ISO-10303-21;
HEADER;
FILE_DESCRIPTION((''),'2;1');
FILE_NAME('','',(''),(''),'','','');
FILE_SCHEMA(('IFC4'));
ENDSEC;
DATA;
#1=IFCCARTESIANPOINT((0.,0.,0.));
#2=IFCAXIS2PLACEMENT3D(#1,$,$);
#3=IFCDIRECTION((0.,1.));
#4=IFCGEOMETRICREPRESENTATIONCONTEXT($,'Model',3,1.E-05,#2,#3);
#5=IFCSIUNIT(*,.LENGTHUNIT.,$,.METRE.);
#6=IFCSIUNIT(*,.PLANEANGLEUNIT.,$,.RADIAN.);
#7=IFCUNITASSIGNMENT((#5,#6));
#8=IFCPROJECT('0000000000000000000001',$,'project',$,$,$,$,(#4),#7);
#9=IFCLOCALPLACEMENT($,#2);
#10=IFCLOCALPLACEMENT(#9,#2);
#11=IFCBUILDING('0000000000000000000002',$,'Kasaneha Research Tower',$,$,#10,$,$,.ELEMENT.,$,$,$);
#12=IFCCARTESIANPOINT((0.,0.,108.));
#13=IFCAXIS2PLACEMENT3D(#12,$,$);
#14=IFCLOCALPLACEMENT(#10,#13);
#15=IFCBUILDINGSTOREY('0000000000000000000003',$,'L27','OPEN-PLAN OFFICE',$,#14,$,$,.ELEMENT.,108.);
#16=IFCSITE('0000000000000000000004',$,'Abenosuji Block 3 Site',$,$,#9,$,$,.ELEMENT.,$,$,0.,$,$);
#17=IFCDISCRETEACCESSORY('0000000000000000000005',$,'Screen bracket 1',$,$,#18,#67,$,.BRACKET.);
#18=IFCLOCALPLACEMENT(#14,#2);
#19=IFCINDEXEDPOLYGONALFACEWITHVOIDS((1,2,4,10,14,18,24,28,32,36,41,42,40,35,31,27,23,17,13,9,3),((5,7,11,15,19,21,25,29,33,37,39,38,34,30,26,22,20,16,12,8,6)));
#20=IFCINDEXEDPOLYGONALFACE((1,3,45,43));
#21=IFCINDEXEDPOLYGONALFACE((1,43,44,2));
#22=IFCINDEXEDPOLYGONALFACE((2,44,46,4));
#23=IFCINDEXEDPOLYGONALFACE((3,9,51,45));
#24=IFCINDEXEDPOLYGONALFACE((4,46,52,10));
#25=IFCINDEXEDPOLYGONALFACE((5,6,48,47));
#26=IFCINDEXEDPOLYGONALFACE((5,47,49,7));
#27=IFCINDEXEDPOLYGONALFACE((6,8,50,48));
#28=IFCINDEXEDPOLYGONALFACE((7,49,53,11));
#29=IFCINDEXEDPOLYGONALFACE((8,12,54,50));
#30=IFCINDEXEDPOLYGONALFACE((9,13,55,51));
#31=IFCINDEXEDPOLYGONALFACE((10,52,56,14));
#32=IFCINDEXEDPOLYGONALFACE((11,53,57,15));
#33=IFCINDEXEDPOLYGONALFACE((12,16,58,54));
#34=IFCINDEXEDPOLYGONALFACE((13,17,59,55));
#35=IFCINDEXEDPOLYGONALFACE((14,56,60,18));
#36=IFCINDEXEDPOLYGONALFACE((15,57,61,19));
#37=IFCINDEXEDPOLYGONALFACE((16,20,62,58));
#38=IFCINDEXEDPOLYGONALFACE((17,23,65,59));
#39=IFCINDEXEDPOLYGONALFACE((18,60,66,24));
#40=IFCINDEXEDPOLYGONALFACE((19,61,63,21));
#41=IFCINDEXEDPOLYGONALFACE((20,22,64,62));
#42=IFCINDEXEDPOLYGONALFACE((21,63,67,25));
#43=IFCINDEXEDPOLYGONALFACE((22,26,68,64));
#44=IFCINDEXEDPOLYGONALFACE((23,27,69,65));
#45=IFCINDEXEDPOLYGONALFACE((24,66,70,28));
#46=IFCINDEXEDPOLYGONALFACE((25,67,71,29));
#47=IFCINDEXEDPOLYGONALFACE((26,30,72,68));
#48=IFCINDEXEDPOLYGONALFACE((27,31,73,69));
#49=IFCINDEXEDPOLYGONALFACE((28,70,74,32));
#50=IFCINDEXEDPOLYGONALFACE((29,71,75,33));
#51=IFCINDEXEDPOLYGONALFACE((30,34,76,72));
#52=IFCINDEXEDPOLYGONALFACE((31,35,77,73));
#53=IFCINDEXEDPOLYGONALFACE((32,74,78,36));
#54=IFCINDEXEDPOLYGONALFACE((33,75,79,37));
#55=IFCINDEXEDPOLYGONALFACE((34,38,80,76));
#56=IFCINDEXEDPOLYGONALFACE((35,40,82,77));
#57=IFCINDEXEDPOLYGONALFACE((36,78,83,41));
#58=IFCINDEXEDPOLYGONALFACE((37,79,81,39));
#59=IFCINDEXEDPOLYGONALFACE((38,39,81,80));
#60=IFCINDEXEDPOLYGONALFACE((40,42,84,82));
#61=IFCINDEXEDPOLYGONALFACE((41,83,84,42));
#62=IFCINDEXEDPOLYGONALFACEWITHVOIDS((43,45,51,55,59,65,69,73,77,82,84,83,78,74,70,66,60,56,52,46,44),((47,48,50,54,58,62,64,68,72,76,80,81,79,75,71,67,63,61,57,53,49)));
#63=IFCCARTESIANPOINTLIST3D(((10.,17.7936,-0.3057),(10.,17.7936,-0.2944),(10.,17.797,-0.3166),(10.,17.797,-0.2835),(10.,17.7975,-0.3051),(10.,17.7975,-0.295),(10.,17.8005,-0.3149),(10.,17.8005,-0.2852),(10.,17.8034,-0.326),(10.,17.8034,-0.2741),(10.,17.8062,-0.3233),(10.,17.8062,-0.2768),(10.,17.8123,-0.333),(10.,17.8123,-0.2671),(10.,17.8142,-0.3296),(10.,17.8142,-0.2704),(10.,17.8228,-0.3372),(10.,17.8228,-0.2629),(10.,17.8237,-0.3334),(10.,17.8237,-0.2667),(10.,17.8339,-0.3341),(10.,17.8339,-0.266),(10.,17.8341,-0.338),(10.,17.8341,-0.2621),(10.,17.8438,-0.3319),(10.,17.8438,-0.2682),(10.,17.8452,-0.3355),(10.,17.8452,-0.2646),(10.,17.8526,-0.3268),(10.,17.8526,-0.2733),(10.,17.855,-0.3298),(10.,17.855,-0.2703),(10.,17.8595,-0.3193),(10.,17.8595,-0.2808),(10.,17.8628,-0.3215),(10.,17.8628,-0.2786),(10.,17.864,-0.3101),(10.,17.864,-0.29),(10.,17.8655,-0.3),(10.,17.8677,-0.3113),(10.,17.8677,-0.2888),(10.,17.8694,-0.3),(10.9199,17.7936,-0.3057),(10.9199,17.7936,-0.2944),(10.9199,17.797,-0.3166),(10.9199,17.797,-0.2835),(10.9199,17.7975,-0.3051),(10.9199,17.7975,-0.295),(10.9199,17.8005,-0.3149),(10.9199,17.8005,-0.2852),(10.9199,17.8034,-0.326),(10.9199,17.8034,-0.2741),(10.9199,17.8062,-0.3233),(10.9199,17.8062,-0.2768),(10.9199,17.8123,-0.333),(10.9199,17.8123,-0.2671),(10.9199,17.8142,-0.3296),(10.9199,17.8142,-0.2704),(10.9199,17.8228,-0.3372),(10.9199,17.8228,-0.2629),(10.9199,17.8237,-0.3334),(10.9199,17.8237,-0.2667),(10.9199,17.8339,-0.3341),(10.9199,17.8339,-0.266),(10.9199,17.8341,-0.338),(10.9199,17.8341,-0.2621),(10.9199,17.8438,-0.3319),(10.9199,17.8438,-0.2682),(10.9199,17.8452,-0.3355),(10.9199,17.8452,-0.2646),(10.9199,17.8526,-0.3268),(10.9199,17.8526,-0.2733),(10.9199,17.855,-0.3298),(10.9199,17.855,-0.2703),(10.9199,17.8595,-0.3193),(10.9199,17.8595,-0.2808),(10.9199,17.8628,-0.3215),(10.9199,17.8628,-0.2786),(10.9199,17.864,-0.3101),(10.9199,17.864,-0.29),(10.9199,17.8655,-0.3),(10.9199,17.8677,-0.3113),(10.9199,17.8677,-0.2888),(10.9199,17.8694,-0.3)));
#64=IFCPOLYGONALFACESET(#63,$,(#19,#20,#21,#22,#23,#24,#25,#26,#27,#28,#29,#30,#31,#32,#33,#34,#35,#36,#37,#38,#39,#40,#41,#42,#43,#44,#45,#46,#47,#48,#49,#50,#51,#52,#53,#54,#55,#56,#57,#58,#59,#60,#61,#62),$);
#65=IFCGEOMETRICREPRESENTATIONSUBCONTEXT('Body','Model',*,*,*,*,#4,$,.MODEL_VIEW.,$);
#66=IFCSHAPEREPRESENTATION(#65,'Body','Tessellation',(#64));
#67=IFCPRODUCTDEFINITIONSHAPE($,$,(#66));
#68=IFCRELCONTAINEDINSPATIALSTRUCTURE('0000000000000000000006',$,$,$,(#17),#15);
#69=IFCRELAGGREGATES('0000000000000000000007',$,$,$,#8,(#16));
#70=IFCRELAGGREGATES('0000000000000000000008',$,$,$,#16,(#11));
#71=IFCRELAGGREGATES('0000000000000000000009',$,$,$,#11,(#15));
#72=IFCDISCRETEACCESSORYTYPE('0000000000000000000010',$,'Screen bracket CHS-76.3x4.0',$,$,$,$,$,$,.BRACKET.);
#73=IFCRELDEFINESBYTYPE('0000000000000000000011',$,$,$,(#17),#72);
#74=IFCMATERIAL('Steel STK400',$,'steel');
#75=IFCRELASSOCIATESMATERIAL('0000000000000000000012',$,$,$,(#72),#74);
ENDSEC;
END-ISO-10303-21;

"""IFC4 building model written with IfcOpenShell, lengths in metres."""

from ifc_helpers import new_model, si_unit, direction, frame, origin, origin_2d, place, context, subcontext, project, spatial, hollow_circle, extrude, material, material_profile, profile_set, type_object, element, save


model = new_model("IFC4")

# Units and contexts
model_context = context("Model", 3, precision=1e-05, world=origin(), true_north=direction((0.0, 1.0)))
body_context = subcontext(model_context, "Body", "Model", "MODEL_VIEW")
ifc_project = project(units=[si_unit("LENGTHUNIT", "METRE"), si_unit("PLANEANGLEUNIT", "RADIAN")], contexts=[model_context])

# Site, building, storey
site_placement = place(None, origin())
site = spatial("IfcSite", under=ifc_project, at=site_placement, Name="Abenosuji Block 3 Site", CompositionType="ELEMENT", RefElevation=0.0)
building_placement = place(site_placement, origin())
building = spatial("IfcBuilding", under=site, at=building_placement, Name="Kasaneha Research Tower", CompositionType="ELEMENT")
storey_placement = place(building_placement, frame((0.0, 0.0, 108.0)))
storey = spatial("IfcBuildingStorey", under=building, at=storey_placement, Name="L27", Description="OPEN-PLAN OFFICE", CompositionType="ELEMENT", Elevation=108.0)

# Discrete accessory
ifc_material_1 = material(Name="Steel STK400", Category="steel")
ifc_material_profile_1 = material_profile(ifc_material_1, hollow_circle(Radius=0.0381, WallThickness=0.0039, at=origin_2d()), Name="CHS-76.3x4.0")
ifc_profile_set_1 = profile_set([ifc_material_profile_1], Name="Steel STK400")
discrete_accessory_type = type_object("IfcDiscreteAccessoryType", Name="Screen bracket CHS-76.3x4.0", PredefinedType="BRACKET", material=ifc_profile_set_1)
discrete_accessory_1_placement = place(storey_placement, frame((10.0, 17.8313, -0.3), z_axis=(1.0, 0.0, 0.0), x_axis=(0.0, 1.0, 0.0)))
element("IfcDiscreteAccessory", 1, at=discrete_accessory_1_placement, inside=storey, type_object=discrete_accessory_type, Name="Screen bracket 1", PredefinedType="BRACKET", context=body_context, shape_type="SweptSolid", body=[
    extrude(hollow_circle(Radius=0.0381, WallThickness=0.0039, at=origin_2d()), origin(), (0.0, 0.0, 1.0), 0.9199),
])

save(model, "model.ifc")
